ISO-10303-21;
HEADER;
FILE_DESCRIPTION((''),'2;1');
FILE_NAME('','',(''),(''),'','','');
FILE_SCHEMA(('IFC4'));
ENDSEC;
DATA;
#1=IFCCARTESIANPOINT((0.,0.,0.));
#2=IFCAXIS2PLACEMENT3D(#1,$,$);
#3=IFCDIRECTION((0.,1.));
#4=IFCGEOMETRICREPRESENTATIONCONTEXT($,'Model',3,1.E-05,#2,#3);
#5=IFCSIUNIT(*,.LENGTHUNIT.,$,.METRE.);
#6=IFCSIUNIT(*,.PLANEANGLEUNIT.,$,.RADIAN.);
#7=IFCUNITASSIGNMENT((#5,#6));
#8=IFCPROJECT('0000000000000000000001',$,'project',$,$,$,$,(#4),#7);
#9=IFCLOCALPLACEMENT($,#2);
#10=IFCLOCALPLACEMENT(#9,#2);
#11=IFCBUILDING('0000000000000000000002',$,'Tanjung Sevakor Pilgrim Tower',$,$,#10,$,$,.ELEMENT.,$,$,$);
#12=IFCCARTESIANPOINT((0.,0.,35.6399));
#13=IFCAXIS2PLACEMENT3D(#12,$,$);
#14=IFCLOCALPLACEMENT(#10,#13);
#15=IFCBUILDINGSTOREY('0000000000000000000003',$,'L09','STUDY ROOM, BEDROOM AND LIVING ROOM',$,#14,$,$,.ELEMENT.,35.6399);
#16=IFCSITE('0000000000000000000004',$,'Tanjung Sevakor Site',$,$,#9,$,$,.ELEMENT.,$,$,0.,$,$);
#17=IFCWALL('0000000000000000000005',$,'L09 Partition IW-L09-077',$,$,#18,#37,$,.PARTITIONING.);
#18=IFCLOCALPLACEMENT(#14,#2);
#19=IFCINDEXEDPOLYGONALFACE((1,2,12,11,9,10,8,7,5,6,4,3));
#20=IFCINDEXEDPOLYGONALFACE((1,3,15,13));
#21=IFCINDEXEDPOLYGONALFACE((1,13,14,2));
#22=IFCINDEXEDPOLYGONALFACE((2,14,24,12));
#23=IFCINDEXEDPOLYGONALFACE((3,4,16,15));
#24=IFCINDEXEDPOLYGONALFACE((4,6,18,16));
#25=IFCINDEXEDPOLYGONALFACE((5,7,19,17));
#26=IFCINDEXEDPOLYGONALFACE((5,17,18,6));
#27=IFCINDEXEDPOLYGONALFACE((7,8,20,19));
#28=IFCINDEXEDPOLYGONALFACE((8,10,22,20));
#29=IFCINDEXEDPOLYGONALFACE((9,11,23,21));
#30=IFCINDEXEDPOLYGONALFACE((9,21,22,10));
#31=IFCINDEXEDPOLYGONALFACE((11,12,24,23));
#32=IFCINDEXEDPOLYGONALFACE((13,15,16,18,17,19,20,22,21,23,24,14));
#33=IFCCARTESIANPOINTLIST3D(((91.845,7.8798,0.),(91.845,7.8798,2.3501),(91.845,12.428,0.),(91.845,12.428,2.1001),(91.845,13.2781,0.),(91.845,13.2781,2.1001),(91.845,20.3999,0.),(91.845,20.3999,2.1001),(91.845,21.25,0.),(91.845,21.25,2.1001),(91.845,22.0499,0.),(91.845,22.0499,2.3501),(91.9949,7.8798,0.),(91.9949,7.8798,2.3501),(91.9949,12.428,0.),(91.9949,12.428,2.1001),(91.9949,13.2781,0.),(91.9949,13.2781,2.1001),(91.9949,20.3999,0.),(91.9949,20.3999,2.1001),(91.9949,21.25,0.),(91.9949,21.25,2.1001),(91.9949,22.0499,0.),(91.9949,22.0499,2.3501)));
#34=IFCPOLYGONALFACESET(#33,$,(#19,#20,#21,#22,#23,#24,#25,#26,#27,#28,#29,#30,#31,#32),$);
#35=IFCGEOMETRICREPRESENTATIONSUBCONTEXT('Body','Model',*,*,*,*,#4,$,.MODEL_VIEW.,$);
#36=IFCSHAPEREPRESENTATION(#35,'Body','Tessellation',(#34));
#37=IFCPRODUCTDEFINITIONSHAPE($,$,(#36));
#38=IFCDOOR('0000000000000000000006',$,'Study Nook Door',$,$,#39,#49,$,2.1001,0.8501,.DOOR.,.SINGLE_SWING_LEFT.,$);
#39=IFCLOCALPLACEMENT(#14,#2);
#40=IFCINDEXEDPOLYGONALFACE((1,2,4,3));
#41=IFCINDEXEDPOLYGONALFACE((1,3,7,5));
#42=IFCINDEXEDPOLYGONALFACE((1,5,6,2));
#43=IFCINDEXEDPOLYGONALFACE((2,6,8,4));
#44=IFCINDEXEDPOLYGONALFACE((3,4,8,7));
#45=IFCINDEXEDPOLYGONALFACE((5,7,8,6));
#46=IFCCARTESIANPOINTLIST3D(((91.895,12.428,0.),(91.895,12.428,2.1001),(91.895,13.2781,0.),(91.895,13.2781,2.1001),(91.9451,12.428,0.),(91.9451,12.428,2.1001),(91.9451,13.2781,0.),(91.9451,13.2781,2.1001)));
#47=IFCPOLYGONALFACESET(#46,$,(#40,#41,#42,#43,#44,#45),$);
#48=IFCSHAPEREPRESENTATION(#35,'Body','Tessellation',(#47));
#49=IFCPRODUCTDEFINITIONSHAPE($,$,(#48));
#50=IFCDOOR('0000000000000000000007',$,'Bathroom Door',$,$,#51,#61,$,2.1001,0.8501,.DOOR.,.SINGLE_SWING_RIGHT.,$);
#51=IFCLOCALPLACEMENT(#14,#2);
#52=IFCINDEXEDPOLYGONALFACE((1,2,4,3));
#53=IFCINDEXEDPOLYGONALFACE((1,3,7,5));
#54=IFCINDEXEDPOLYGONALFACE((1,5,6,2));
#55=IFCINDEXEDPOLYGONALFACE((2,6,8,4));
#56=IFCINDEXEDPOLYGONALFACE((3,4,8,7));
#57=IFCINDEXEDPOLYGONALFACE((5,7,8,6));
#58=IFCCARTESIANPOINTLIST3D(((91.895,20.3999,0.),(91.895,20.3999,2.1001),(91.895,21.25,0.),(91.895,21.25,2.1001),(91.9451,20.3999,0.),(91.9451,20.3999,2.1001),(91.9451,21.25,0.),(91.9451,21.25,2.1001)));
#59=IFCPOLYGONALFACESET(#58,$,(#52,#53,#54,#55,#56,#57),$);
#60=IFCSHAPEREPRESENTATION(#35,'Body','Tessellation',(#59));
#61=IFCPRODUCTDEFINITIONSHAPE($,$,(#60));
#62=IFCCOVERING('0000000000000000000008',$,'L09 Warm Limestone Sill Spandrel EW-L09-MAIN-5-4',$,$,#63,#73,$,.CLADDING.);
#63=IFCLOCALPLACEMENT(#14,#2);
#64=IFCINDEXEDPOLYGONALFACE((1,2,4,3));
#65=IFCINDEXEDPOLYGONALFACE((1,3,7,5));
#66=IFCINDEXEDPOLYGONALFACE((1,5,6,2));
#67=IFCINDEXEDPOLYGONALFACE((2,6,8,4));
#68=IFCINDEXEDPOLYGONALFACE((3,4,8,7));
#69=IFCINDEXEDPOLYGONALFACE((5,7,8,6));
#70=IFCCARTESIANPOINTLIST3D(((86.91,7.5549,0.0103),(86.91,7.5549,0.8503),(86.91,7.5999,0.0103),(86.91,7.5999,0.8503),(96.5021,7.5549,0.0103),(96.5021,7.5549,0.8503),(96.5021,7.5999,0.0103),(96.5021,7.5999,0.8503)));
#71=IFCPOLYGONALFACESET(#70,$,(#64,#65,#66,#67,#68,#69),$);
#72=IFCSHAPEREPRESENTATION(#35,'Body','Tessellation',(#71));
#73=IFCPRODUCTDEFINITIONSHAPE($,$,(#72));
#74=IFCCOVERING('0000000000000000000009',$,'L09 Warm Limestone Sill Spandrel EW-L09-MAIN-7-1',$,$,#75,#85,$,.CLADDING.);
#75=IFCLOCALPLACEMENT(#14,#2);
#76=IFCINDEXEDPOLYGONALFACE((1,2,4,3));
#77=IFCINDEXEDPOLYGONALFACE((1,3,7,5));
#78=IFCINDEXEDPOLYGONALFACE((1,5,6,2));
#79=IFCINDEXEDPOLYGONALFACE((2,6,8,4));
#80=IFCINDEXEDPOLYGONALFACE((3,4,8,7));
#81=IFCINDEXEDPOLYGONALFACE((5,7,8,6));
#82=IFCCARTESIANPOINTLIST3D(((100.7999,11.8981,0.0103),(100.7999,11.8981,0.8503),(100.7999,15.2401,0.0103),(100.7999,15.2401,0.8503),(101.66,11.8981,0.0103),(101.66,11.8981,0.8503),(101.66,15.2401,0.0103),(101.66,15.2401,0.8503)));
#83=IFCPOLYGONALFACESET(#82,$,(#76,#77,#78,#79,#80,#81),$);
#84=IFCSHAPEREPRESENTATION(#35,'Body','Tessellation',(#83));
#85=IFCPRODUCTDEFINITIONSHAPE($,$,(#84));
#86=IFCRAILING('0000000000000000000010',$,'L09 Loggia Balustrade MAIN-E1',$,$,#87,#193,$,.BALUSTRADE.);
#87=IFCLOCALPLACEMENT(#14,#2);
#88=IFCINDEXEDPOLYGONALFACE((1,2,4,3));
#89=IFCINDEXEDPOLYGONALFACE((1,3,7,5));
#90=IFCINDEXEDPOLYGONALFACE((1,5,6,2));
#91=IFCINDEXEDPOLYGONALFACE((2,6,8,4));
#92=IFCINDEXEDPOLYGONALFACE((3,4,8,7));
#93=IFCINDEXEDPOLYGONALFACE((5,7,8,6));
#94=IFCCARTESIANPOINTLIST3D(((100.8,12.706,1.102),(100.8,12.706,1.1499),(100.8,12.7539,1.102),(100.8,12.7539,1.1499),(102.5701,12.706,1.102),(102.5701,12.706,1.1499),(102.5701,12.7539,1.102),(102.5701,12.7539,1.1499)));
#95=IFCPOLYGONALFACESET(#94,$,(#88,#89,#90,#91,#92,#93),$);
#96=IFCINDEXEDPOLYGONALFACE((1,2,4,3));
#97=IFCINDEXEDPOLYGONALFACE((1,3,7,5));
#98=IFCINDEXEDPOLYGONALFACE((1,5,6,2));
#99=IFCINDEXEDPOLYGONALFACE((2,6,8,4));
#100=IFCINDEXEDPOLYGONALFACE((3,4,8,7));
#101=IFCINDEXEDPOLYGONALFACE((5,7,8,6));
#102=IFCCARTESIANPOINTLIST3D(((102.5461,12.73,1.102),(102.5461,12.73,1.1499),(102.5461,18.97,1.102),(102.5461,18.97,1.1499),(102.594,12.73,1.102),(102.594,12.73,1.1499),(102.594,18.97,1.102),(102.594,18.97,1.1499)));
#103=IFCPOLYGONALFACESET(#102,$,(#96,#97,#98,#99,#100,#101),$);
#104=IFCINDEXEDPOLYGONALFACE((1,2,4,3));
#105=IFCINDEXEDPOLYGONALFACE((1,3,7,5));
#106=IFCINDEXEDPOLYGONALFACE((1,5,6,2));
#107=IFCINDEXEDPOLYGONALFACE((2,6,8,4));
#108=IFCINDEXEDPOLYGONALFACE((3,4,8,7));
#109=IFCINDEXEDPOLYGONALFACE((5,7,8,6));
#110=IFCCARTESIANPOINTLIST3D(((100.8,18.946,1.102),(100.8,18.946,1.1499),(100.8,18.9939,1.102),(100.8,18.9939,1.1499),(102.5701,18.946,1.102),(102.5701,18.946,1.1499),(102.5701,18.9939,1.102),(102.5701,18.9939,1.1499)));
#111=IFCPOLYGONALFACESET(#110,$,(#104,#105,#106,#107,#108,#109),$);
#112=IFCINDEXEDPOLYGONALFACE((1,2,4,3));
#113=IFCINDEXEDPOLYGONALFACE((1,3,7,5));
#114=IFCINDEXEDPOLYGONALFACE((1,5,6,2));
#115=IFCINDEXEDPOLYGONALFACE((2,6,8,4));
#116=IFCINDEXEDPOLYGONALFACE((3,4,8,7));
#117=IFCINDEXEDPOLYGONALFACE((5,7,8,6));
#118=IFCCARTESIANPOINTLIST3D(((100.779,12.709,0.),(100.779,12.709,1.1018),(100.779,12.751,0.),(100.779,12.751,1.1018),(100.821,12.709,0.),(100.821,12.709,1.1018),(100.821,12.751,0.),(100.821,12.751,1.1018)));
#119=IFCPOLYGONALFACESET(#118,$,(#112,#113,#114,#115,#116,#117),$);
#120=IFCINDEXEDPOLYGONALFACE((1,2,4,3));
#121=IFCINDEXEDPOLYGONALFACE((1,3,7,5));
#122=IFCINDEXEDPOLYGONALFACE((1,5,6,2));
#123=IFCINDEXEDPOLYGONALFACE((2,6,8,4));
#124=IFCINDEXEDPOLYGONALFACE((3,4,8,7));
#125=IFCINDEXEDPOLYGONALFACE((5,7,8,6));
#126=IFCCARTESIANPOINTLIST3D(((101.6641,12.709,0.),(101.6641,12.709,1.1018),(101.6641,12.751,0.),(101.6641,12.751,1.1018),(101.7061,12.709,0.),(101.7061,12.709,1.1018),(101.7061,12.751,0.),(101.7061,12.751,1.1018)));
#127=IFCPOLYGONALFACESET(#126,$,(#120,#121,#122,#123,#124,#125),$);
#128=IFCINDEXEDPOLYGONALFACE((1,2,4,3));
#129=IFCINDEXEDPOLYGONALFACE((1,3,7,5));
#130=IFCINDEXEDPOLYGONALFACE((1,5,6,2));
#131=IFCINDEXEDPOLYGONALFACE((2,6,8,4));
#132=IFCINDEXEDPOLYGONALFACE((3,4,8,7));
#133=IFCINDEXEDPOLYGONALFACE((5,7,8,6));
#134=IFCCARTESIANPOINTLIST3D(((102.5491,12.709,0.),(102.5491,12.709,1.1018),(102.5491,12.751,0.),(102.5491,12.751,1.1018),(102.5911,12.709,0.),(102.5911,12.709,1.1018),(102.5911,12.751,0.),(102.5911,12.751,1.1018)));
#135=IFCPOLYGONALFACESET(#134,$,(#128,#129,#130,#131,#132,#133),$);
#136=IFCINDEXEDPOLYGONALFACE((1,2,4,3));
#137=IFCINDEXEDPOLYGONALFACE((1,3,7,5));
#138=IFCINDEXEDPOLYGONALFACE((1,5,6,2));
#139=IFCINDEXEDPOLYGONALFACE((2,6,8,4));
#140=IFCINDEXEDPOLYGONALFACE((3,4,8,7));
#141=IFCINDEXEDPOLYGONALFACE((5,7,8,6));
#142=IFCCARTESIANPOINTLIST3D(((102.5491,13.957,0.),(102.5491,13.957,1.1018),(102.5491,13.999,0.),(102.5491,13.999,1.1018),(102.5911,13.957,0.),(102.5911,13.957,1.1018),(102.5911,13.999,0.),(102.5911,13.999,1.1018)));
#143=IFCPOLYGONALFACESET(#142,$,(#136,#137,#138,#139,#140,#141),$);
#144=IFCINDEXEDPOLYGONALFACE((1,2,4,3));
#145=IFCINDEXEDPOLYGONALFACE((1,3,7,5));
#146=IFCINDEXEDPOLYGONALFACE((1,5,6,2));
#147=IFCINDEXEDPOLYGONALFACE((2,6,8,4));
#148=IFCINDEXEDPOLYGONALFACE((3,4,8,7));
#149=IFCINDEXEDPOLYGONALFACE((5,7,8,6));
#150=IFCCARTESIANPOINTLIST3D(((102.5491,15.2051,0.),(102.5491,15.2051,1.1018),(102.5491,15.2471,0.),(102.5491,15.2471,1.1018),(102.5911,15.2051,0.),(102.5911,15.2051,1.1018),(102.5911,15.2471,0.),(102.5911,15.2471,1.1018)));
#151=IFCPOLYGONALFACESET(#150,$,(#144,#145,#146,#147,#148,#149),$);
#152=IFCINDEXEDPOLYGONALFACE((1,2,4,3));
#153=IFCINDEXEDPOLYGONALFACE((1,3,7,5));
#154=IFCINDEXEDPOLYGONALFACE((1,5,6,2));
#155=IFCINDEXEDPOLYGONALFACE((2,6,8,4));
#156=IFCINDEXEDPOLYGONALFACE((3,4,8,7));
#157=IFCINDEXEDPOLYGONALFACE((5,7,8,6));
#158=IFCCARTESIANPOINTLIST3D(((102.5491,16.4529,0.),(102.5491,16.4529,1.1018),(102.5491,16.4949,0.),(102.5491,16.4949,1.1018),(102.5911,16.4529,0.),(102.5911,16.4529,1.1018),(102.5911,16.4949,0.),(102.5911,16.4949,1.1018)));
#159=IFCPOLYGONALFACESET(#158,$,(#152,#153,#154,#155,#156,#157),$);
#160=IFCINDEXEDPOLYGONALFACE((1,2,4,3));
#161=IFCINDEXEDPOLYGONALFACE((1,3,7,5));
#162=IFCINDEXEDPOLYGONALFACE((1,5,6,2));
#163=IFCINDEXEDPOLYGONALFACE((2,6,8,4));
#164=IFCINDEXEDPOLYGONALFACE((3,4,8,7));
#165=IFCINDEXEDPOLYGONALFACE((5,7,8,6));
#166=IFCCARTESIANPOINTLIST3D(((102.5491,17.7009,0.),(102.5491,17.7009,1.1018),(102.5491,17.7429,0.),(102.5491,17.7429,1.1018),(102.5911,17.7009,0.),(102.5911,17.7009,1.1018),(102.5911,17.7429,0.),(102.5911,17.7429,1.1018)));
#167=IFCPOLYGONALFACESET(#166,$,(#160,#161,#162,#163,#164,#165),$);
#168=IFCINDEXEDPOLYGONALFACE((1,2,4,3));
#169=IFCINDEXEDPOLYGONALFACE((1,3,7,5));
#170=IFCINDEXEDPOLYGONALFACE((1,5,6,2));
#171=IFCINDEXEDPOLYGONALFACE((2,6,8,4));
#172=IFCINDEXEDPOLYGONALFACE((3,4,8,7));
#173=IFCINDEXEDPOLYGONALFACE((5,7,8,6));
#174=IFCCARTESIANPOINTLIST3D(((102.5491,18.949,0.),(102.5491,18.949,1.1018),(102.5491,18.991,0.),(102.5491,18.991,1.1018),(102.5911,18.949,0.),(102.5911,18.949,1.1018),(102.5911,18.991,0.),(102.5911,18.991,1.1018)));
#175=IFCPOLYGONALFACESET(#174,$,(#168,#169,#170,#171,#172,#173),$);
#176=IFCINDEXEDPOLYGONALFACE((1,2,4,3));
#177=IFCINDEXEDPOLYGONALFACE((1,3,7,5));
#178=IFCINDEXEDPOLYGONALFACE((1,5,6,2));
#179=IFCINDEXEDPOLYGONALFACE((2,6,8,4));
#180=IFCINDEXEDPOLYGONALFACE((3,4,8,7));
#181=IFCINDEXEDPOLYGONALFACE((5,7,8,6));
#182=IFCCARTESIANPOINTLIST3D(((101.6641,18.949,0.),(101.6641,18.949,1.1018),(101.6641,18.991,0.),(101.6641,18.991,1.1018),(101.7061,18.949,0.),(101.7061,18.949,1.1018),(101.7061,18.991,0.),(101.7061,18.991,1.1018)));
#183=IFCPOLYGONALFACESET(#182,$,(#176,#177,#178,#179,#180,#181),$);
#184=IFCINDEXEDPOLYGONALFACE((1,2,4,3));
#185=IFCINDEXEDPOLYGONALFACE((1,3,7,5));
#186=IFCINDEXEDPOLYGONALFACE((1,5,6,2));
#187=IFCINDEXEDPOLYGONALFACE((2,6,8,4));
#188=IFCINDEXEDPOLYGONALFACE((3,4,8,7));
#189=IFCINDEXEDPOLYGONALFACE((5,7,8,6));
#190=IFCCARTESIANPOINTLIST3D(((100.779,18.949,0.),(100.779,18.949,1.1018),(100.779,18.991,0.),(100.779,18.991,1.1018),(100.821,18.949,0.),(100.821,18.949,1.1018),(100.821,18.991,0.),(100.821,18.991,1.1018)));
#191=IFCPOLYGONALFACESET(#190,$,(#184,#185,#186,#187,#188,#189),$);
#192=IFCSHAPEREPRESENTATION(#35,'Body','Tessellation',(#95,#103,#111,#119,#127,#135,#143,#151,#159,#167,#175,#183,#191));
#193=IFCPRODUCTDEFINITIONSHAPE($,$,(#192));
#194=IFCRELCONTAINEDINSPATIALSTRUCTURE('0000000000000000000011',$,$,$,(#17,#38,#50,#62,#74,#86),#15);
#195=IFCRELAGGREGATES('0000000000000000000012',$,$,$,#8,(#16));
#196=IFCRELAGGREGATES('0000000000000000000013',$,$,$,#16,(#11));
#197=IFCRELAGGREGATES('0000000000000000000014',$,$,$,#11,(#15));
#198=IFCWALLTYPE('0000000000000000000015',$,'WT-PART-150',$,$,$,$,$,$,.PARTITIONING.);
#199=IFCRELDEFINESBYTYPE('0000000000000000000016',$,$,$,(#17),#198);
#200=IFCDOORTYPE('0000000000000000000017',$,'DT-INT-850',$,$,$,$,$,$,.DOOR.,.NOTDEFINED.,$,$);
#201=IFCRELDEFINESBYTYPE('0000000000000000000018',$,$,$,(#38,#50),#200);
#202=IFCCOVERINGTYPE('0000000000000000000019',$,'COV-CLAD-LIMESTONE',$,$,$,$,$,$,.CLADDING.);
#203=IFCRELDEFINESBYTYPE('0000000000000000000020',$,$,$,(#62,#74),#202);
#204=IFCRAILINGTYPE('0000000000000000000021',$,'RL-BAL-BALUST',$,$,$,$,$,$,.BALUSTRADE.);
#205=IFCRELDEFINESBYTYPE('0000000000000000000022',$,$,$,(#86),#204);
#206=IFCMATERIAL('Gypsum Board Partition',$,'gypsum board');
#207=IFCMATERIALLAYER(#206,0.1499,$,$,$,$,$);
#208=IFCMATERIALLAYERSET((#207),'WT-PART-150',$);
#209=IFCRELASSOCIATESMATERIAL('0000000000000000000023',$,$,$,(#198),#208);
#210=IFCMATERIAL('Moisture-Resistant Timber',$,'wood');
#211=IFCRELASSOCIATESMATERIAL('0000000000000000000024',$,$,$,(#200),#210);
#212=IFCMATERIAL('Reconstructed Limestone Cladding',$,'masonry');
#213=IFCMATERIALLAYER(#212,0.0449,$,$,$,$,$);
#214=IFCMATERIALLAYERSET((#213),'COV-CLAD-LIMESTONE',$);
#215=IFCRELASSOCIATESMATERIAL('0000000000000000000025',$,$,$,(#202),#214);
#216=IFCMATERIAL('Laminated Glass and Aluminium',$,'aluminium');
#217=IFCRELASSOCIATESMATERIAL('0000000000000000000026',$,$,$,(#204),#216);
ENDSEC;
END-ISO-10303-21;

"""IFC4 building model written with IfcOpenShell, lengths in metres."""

from ifc_helpers import new_model, si_unit, direction, frame, frame_2d, origin, origin_2d, place, context, subcontext, project, spatial, rectangle, extrude, material, layer, layer_set, type_object, element, fill, save


model = new_model("IFC4")

# Units and contexts
model_context = context("Model", 3, precision=1e-05, world=origin(), true_north=direction((0.0, 1.0)))
body_context = subcontext(model_context, "Body", "Model", "MODEL_VIEW")
ifc_project = project(units=[si_unit("LENGTHUNIT", "METRE"), si_unit("PLANEANGLEUNIT", "RADIAN")], contexts=[model_context])

# Site, building, storey
site_placement = place(None, origin())
site = spatial("IfcSite", under=ifc_project, at=site_placement, Name="Tanjung Sevakor Site", CompositionType="ELEMENT", RefElevation=0.0)
building_placement = place(site_placement, origin())
building = spatial("IfcBuilding", under=site, at=building_placement, Name="Tanjung Sevakor Pilgrim Tower", CompositionType="ELEMENT")
storey_placement = place(building_placement, frame((0.0, 0.0, 35.6399)))
storey = spatial("IfcBuildingStorey", under=building, at=storey_placement, Name="L09", Description="STUDY ROOM, BEDROOM AND LIVING ROOM", CompositionType="ELEMENT", Elevation=35.6399)

# Wall, openings, doors
ifc_material_1 = material(Name="Gypsum Board Partition", Category="gypsum board")
ifc_layer_1 = layer(ifc_material_1, 0.1499)
ifc_layer_set_1 = layer_set([ifc_layer_1], Name="WT-PART-150")
wall_type_1 = type_object("IfcWallType", Name="WT-PART-150", PredefinedType="PARTITIONING", material=ifc_layer_set_1)
wall_1_placement = place(storey_placement, frame((91.9199, 7.8799, 0.0), z_axis=(0.0, 0.0, 1.0), x_axis=(0.0, 1.0, 0.0)))
wall_1 = element("IfcWall", 1, at=wall_1_placement, inside=storey, type_object=wall_type_1, Name="L09 Partition IW-L09-077", PredefinedType="PARTITIONING", context=body_context, shape_type="SweptSolid", body=[
    extrude(rectangle(XDim=14.1702, YDim=0.1499, at=frame_2d((7.085, 0.0))), origin(), (0.0, 0.0, 1.0), 2.3501),
])
opening_1_placement = place(wall_1_placement, frame((4.5481, 0.0, 0.0)))
opening_1 = element("IfcOpeningElement", 2, at=opening_1_placement, cuts=wall_1, PredefinedType="OPENING", context=body_context, shape_type="SweptSolid", body=[
    extrude(rectangle(XDim=0.8501, YDim=2.1001, at=frame_2d((0.425, 1.05))), frame((0.0, 0.085, 0.0), z_axis=(0.0, -1.0, 0.0), x_axis=(1.0, 0.0, 0.0)), (0.0, 0.0, 1.0), 0.1699),
])
opening_2_placement = place(wall_1_placement, frame((12.52, 0.0, 0.0)))
opening_2 = element("IfcOpeningElement", 3, at=opening_2_placement, cuts=wall_1, PredefinedType="OPENING", context=body_context, shape_type="SweptSolid", body=[
    extrude(rectangle(XDim=0.8501, YDim=2.1001, at=frame_2d((0.425, 1.05))), frame((0.0, 0.085, 0.0), z_axis=(0.0, -1.0, 0.0), x_axis=(1.0, 0.0, 0.0)), (0.0, 0.0, 1.0), 0.1699),
])
ifc_material_2 = material(Name="Moisture-Resistant Timber", Category="wood")
door_type_1 = type_object("IfcDoorType", Name="DT-INT-850", OperationType="NOTDEFINED", PredefinedType="DOOR", material=ifc_material_2)
door_1_placement = place(opening_1_placement, origin())
door_1 = element("IfcDoor", 4, at=door_1_placement, inside=storey, type_object=door_type_1, Name="Study Nook Door", OperationType="SINGLE_SWING_LEFT", OverallHeight=2.1001, OverallWidth=0.8501, PredefinedType="DOOR", context=body_context, shape_type="SweptSolid", body=[
    extrude(rectangle(XDim=0.8501, YDim=2.1001, at=frame_2d((0.425, 1.05))), frame((0.0, 0.0249, 0.0), z_axis=(0.0, -1.0, 0.0), x_axis=(1.0, 0.0, 0.0)), (0.0, 0.0, 1.0), 0.05),
])
fill(opening_1, door_1)
door_2_placement = place(opening_2_placement, origin())
door_2 = element("IfcDoor", 5, at=door_2_placement, inside=storey, type_object=door_type_1, Name="Bathroom Door", OperationType="SINGLE_SWING_RIGHT", OverallHeight=2.1001, OverallWidth=0.8501, PredefinedType="DOOR", context=body_context, shape_type="SweptSolid", body=[
    extrude(rectangle(XDim=0.8501, YDim=2.1001, at=frame_2d((0.425, 1.05))), frame((0.0, 0.0249, 0.0), z_axis=(0.0, -1.0, 0.0), x_axis=(1.0, 0.0, 0.0)), (0.0, 0.0, 1.0), 0.05),
])
fill(opening_2, door_2)

# Coverings
ifc_material_3 = material(Name="Reconstructed Limestone Cladding", Category="masonry")
ifc_layer_2 = layer(ifc_material_3, 0.0449)
ifc_layer_set_2 = layer_set([ifc_layer_2], Name="COV-CLAD-LIMESTONE")
covering_type = type_object("IfcCoveringType", Name="COV-CLAD-LIMESTONE", PredefinedType="CLADDING", material=ifc_layer_set_2)
covering_1_placement = place(storey_placement, frame((91.7061, 7.5774, 0.0103), z_axis=(0.0, 0.0, 1.0), x_axis=(1.0, 0.0, 0.0)))
element("IfcCovering", 6, at=covering_1_placement, inside=storey, type_object=covering_type, Name="L09 Warm Limestone Sill Spandrel EW-L09-MAIN-5-4", PredefinedType="CLADDING", context=body_context, shape_type="SweptSolid", body=[
    extrude(rectangle(XDim=9.592, YDim=0.0449, at=origin_2d()), origin(), (0.0, 0.0, 1.0), 0.8401),
])
covering_2_placement = place(storey_placement, frame((101.23, 13.5691, 0.0103), z_axis=(0.0, 0.0, 1.0), x_axis=(0.0, 1.0, 0.0)))
element("IfcCovering", 7, at=covering_2_placement, inside=storey, type_object=covering_type, Name="L09 Warm Limestone Sill Spandrel EW-L09-MAIN-7-1", PredefinedType="CLADDING", context=body_context, shape_type="SweptSolid", body=[
    extrude(rectangle(XDim=3.342, YDim=0.8601, at=origin_2d()), origin(), (0.0, 0.0, 1.0), 0.8401),
])

# Railing
ifc_material_4 = material(Name="Laminated Glass and Aluminium", Category="aluminium")
railing_type = type_object("IfcRailingType", Name="RL-BAL-BALUST", PredefinedType="BALUSTRADE", material=ifc_material_4)
railing_placement = place(storey_placement, frame((100.8, 12.73, 0.0)))
element("IfcRailing", 8, at=railing_placement, inside=storey, type_object=railing_type, Name="L09 Loggia Balustrade MAIN-E1", PredefinedType="BALUSTRADE", context=body_context, shape_type="SweptSolid", body=[
    extrude(rectangle(XDim=0.0479, YDim=0.0479), frame((0.0, 0.0, 1.126), z_axis=(1.0, 0.0, 0.0), x_axis=(0.0, 1.0, 0.0)), (0.0, 0.0, 1.0), 1.77),
    extrude(rectangle(XDim=0.0479, YDim=0.0479), frame((1.77, 0.0, 1.126), z_axis=(0.0, 1.0, 0.0), x_axis=(-1.0, 0.0, 0.0)), (0.0, 0.0, 1.0), 6.24),
    extrude(rectangle(XDim=0.0479, YDim=0.0479), frame((1.77, 6.24, 1.126), z_axis=(-1.0, 0.0, 0.0), x_axis=(0.0, -1.0, 0.0)), (0.0, 0.0, 1.0), 1.77),
    extrude(rectangle(XDim=0.042, YDim=0.042), origin(), (0.0, 0.0, 1.0), 1.1018),
    extrude(rectangle(XDim=0.042, YDim=0.042), frame((0.885, 0.0, 0.0)), (0.0, 0.0, 1.0), 1.1018),
    extrude(rectangle(XDim=0.042, YDim=0.042), frame((1.77, 0.0, 0.0)), (0.0, 0.0, 1.0), 1.1018),
    extrude(rectangle(XDim=0.042, YDim=0.042), frame((1.77, 1.248, 0.0)), (0.0, 0.0, 1.0), 1.1018),
    extrude(rectangle(XDim=0.042, YDim=0.042), frame((1.77, 2.4961, 0.0)), (0.0, 0.0, 1.0), 1.1018),
    extrude(rectangle(XDim=0.042, YDim=0.042), frame((1.77, 3.7439, 0.0)), (0.0, 0.0, 1.0), 1.1018),
    extrude(rectangle(XDim=0.042, YDim=0.042), frame((1.77, 4.9919, 0.0)), (0.0, 0.0, 1.0), 1.1018),
    extrude(rectangle(XDim=0.042, YDim=0.042), frame((1.77, 6.24, 0.0)), (0.0, 0.0, 1.0), 1.1018),
    extrude(rectangle(XDim=0.042, YDim=0.042), frame((0.885, 6.24, 0.0)), (0.0, 0.0, 1.0), 1.1018),
    extrude(rectangle(XDim=0.042, YDim=0.042), frame((0.0, 6.24, 0.0)), (0.0, 0.0, 1.0), 1.1018),
])

save(model, "model.ifc")
